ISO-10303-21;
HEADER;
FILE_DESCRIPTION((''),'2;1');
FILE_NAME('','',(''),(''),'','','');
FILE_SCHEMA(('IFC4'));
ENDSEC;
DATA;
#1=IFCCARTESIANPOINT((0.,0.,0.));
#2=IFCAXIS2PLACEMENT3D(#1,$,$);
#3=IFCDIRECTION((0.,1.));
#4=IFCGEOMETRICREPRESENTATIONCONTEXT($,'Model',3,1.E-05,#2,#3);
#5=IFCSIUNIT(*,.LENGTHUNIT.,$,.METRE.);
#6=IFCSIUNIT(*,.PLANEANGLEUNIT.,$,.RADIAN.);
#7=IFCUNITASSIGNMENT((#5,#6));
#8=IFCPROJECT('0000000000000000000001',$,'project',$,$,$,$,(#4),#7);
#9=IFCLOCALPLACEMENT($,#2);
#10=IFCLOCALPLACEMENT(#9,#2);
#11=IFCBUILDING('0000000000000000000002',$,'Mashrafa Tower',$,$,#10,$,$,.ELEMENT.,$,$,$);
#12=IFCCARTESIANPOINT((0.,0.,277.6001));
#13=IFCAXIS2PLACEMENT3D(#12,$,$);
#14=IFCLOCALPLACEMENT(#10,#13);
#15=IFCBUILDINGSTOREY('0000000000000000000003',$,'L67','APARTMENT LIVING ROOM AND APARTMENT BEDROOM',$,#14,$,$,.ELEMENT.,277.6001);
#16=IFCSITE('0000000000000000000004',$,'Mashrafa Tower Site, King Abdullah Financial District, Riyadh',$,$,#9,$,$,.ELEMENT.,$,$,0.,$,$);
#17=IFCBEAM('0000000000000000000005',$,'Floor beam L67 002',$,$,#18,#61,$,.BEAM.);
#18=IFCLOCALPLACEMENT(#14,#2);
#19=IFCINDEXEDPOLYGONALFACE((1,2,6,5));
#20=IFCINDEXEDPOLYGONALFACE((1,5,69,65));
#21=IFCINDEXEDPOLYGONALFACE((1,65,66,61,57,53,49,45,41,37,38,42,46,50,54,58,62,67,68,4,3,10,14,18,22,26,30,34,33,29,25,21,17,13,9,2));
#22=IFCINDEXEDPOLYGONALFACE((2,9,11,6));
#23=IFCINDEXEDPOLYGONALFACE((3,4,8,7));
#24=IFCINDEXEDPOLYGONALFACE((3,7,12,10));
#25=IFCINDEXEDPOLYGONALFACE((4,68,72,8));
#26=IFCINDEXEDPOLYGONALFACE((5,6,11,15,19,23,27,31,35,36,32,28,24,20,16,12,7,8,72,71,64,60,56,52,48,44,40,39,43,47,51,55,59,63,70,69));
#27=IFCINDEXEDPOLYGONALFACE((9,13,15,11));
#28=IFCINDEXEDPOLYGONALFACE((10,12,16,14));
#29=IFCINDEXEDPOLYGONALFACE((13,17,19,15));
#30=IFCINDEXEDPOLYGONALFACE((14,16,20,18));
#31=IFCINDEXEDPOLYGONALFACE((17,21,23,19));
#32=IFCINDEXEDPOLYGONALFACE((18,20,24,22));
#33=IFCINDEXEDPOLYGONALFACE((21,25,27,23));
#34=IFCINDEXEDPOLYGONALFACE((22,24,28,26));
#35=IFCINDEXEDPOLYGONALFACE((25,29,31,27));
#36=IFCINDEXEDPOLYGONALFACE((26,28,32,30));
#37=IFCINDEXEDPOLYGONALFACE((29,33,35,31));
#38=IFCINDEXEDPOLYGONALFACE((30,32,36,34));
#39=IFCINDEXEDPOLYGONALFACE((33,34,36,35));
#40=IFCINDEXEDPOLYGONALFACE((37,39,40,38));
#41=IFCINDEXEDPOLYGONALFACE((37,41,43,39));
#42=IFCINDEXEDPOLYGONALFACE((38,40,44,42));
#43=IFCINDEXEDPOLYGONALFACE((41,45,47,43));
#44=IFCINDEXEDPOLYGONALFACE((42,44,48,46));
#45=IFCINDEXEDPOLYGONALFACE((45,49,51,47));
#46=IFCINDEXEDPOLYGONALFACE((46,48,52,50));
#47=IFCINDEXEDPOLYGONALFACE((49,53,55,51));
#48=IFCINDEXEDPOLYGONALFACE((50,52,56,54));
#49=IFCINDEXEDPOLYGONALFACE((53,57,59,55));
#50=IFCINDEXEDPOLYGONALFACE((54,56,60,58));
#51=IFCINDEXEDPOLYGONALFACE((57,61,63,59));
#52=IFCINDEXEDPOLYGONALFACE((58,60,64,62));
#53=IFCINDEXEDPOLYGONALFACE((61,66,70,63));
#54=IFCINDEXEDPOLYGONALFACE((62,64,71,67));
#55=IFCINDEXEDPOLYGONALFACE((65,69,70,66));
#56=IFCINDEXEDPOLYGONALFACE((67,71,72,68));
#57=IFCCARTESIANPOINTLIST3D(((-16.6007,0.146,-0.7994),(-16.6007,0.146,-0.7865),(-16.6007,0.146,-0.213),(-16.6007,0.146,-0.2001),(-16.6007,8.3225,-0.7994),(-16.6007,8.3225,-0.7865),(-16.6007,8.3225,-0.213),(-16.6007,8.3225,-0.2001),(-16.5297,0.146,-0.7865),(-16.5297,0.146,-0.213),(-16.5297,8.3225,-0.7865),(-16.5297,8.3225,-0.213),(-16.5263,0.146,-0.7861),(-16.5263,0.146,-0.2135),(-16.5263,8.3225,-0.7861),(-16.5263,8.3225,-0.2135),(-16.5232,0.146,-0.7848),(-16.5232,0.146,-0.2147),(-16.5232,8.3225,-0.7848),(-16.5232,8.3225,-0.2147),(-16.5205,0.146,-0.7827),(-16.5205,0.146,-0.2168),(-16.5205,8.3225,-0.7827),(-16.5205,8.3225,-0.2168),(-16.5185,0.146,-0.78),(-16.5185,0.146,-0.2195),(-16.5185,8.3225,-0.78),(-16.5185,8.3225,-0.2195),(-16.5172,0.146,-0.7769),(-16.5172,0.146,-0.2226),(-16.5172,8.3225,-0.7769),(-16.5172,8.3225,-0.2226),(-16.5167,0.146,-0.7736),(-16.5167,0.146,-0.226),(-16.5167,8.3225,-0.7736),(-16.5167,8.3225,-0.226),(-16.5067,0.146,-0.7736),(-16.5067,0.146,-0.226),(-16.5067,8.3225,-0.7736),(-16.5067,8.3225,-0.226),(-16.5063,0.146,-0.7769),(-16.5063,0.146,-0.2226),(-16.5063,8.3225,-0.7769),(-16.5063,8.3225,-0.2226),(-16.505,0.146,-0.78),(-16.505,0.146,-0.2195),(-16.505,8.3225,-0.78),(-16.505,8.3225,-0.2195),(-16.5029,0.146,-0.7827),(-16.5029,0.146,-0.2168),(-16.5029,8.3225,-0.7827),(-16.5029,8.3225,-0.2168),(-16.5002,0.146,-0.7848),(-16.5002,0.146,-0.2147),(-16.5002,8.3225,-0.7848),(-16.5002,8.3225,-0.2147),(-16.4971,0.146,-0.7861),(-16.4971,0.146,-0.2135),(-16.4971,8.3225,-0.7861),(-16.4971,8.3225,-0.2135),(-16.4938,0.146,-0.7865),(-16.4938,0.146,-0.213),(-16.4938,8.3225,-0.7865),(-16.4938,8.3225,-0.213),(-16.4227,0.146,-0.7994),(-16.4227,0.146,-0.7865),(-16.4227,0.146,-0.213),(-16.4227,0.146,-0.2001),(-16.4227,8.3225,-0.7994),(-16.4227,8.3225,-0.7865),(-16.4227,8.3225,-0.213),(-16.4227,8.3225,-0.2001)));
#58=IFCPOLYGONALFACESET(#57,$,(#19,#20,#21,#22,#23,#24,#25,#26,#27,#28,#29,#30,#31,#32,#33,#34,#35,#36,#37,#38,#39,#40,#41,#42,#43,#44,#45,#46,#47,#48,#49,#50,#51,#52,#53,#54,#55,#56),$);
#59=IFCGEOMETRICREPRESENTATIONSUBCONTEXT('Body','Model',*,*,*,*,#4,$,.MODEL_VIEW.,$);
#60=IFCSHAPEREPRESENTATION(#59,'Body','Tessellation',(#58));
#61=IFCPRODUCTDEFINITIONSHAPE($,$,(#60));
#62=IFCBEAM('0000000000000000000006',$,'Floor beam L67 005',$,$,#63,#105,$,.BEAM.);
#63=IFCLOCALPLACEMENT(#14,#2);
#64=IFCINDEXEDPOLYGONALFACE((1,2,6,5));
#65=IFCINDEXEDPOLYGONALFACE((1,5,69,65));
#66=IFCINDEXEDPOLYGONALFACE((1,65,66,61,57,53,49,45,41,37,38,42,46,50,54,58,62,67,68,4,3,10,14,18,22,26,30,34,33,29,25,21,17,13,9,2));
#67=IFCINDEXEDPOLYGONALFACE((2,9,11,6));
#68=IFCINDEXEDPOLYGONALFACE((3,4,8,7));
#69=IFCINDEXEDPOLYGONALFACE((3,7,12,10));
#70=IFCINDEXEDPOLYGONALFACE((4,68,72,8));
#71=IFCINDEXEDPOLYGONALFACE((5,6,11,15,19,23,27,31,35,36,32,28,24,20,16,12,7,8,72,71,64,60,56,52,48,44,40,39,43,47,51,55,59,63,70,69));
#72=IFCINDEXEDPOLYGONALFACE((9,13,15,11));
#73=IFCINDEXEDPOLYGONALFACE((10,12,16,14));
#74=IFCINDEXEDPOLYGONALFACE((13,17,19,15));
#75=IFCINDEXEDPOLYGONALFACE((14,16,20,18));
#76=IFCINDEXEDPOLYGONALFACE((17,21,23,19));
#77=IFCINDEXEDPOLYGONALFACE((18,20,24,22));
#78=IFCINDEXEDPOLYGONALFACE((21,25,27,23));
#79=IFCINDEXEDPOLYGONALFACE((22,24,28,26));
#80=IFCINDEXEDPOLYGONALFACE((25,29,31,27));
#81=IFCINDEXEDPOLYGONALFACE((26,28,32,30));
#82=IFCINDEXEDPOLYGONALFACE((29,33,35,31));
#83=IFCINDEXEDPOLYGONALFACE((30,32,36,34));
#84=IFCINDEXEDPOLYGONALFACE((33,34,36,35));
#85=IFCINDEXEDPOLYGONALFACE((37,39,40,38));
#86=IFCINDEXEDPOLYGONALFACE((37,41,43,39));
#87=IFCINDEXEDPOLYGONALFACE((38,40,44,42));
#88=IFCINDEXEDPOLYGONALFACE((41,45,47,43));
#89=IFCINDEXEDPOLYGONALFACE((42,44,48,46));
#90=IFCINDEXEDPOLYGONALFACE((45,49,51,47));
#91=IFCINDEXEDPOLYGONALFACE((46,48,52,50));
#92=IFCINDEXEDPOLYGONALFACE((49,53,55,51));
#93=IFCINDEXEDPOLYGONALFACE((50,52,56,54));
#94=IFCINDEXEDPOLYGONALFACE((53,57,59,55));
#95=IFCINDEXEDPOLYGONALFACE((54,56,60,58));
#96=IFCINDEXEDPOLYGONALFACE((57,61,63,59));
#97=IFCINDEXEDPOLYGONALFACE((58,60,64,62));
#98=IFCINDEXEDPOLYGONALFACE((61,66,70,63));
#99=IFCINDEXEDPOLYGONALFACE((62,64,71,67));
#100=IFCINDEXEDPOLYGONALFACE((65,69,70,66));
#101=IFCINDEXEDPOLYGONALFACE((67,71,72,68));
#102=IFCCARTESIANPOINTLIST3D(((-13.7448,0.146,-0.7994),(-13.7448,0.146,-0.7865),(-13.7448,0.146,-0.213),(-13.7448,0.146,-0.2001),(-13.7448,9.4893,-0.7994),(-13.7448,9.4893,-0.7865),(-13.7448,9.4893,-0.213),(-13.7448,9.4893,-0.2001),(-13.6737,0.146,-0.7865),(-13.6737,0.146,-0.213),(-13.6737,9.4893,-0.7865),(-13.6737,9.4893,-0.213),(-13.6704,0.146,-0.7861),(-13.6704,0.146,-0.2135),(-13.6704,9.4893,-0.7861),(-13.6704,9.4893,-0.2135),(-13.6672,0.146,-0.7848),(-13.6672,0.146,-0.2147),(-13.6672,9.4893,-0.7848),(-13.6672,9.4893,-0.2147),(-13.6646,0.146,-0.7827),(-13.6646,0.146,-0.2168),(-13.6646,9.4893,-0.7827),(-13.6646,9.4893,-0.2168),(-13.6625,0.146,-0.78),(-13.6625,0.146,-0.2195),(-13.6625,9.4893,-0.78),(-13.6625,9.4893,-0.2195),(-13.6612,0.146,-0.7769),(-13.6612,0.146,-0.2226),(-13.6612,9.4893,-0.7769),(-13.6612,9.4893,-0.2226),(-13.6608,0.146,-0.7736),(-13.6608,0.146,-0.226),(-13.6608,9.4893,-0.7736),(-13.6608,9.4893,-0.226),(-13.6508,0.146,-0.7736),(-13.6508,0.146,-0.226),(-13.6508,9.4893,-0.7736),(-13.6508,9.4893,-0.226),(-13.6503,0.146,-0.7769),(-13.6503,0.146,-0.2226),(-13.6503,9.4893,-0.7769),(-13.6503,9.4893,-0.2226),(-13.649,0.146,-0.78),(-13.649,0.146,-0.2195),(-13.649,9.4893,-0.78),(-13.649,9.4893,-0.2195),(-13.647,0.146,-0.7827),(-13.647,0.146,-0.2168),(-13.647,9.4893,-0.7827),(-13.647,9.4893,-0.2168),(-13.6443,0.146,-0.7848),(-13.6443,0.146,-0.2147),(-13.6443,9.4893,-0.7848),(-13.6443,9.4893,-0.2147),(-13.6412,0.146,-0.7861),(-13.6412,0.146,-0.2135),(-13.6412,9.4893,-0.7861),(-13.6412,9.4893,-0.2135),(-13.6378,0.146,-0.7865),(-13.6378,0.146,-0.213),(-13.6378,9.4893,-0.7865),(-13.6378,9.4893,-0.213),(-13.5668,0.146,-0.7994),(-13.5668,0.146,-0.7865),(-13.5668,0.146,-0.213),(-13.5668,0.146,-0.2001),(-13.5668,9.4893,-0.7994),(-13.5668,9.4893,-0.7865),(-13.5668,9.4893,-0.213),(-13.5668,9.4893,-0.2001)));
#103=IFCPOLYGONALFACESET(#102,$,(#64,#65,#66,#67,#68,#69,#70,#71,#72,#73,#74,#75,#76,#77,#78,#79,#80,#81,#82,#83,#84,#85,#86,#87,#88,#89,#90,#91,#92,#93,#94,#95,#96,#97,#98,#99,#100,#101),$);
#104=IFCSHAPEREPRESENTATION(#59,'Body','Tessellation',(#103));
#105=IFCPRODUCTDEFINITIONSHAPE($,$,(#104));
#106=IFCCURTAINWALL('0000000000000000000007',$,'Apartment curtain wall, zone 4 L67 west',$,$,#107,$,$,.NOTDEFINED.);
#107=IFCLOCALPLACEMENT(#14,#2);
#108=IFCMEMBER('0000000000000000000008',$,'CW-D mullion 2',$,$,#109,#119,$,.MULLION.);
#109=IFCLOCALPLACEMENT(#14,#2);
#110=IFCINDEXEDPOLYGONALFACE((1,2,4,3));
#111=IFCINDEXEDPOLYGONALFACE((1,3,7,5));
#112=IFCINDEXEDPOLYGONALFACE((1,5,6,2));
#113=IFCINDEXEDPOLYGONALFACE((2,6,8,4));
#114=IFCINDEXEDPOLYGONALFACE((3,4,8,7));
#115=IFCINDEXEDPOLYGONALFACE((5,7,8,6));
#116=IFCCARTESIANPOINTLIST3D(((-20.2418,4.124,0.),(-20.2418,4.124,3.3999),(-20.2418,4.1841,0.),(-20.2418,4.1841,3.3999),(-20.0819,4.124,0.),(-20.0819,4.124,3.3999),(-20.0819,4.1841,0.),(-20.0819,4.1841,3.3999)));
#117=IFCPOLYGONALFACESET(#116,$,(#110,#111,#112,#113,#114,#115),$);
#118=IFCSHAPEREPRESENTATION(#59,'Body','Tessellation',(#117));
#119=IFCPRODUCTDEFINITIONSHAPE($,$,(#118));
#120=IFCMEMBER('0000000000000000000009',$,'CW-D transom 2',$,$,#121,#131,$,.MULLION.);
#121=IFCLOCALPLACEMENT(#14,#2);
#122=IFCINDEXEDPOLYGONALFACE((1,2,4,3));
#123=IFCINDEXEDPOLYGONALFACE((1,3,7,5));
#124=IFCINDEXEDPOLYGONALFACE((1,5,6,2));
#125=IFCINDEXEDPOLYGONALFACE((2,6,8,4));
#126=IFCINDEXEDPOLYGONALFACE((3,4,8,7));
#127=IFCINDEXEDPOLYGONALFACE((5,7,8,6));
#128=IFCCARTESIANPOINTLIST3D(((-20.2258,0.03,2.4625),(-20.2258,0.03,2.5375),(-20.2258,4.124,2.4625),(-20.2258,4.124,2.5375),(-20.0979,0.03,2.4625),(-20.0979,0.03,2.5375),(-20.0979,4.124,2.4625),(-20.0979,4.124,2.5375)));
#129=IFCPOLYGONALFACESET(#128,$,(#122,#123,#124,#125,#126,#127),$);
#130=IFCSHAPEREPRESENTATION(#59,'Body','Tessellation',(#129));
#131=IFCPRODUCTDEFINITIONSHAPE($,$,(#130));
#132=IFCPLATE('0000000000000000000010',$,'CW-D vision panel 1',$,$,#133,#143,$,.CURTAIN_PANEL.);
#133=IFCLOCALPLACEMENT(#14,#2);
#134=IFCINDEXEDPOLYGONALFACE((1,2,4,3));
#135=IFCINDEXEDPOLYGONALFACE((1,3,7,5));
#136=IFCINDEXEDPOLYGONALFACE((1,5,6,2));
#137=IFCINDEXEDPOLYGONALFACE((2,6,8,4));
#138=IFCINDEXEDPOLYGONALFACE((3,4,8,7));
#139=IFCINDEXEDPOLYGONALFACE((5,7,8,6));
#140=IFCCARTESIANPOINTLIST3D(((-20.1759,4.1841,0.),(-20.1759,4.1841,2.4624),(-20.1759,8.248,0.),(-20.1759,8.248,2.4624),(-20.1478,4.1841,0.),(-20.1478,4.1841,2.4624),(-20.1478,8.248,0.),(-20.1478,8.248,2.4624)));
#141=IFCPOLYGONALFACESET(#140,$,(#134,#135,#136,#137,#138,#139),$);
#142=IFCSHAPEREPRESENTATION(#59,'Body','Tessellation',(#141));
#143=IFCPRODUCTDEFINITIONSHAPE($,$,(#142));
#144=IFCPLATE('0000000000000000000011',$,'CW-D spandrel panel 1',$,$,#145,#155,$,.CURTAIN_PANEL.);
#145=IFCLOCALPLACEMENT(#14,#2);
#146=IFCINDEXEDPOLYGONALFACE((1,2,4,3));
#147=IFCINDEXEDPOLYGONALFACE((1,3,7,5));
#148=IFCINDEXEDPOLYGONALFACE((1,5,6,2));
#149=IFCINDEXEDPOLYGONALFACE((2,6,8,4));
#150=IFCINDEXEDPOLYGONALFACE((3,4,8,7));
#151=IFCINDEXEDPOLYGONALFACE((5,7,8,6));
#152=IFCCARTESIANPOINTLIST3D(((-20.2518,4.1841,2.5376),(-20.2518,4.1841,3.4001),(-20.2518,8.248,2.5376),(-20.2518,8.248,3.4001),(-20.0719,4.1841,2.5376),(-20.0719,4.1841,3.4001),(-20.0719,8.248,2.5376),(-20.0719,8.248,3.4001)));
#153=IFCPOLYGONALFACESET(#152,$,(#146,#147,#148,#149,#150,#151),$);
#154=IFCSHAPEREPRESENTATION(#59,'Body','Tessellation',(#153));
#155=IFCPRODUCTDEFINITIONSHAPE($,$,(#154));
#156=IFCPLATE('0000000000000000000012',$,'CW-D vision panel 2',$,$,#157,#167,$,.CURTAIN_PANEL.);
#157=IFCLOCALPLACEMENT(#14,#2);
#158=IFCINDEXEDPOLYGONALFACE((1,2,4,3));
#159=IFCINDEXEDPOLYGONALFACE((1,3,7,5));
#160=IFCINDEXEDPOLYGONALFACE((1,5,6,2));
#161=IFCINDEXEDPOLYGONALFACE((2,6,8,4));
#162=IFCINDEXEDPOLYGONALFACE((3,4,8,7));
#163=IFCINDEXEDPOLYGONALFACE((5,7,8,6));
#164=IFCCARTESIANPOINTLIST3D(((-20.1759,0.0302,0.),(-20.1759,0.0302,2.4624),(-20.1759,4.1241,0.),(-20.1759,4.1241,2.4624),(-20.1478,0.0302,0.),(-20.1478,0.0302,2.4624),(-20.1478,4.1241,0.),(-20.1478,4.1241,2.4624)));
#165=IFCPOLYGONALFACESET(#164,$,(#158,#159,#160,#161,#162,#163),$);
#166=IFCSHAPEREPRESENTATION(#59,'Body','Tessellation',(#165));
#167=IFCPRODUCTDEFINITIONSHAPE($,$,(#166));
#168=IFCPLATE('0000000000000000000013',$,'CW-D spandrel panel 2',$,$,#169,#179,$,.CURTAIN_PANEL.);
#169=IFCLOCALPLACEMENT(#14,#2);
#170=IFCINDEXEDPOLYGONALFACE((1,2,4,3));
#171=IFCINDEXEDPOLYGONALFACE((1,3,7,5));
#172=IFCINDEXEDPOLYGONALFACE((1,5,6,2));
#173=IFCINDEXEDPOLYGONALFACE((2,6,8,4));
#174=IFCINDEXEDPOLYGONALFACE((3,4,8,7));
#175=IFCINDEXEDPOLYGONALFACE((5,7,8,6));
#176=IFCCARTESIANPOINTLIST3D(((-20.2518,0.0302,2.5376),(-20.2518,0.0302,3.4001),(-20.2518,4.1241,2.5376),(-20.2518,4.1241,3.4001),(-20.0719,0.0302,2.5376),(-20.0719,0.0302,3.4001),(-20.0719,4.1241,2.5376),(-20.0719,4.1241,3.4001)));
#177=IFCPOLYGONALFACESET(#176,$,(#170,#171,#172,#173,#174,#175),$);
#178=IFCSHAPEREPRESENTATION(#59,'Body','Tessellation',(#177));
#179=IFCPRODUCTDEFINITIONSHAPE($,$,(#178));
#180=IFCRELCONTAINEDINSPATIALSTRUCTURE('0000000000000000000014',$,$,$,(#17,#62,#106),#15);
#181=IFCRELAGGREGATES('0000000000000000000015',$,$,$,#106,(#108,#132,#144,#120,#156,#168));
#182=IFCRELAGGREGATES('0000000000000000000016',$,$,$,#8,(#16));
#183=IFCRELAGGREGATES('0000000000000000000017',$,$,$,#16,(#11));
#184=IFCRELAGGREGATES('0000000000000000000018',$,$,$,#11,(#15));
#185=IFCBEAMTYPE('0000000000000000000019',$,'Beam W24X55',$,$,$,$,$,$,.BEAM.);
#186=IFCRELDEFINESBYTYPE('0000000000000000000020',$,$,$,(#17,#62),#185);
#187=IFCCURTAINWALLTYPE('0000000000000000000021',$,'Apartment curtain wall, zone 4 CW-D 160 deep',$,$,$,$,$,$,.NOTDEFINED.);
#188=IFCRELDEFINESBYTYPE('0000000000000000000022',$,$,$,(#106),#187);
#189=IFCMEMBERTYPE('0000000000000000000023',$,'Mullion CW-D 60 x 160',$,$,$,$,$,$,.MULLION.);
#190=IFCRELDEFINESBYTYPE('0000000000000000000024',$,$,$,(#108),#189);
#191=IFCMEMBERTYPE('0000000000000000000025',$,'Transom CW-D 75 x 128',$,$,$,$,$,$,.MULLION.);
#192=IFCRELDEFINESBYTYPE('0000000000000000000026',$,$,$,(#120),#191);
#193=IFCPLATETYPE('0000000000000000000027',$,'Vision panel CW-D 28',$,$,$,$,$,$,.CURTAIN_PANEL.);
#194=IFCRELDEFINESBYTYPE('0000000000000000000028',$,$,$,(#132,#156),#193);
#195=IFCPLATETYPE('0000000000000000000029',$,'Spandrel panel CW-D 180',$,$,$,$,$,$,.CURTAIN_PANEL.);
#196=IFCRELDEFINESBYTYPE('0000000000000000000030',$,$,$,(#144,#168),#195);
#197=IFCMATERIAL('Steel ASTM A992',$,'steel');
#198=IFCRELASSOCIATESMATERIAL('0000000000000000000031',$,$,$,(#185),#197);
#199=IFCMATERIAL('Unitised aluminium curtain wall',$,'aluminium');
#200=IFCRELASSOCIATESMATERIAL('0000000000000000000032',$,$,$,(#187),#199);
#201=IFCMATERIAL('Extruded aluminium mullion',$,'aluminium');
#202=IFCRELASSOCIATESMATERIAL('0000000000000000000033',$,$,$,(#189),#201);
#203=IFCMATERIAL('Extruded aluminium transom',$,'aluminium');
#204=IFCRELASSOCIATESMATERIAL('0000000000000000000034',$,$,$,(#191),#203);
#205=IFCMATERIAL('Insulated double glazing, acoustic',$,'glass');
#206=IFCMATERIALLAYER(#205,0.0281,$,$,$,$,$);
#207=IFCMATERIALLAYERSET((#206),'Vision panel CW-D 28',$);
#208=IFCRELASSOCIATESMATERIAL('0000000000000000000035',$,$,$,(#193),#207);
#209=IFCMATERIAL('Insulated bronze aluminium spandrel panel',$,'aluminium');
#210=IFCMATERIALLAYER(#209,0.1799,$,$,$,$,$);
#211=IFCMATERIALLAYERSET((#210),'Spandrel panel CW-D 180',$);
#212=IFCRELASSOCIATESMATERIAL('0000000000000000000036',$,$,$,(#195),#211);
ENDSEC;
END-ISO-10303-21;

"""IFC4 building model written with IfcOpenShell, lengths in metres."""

from ifc_helpers import new_model, si_unit, direction, frame, origin, origin_2d, place, context, subcontext, project, spatial, rectangle, i_section, extrude, source, transform, mapped, material, layer, layer_set, material_profile, profile_set, type_object, type_shapes, element, aggregate, save


model = new_model("IFC4")

# Units and contexts
model_context = context("Model", 3, precision=1e-05, world=origin(), true_north=direction((0.0, 1.0)))
body_context = subcontext(model_context, "Body", "Model", "MODEL_VIEW")
ifc_project = project(units=[si_unit("LENGTHUNIT", "METRE"), si_unit("PLANEANGLEUNIT", "RADIAN")], contexts=[model_context])

# Site, building, storey
site_placement = place(None, origin())
site = spatial("IfcSite", under=ifc_project, at=site_placement, Name="Mashrafa Tower Site, King Abdullah Financial District, Riyadh", CompositionType="ELEMENT", RefElevation=0.0)
building_placement = place(site_placement, origin())
building = spatial("IfcBuilding", under=site, at=building_placement, Name="Mashrafa Tower", CompositionType="ELEMENT")
storey_placement = place(building_placement, frame((0.0, 0.0, 277.6001)))
storey = spatial("IfcBuildingStorey", under=building, at=storey_placement, Name="L67", Description="APARTMENT LIVING ROOM AND APARTMENT BEDROOM", CompositionType="ELEMENT", Elevation=277.6001)

# Beams
ifc_material_1 = material(Name="Steel ASTM A992", Category="steel")
ifc_material_profile_1 = material_profile(ifc_material_1, i_section(OverallWidth=0.178, OverallDepth=0.5994, WebThickness=0.01, FlangeThickness=0.0129, FilletRadius=0.0129, at=origin_2d()), Name="W24X55")
ifc_profile_set_1 = profile_set([ifc_material_profile_1], Name="Steel ASTM A992")
beam_type = type_object("IfcBeamType", Name="Beam W24X55", PredefinedType="BEAM", material=ifc_profile_set_1)
beam_1_placement = place(storey_placement, frame((-16.5117, 0.146, -0.4998), z_axis=(0.0, 1.0, 0.0), x_axis=(-1.0, 0.0, 0.0)))
element("IfcBeam", 1, at=beam_1_placement, inside=storey, type_object=beam_type, Name="Floor beam L67 002", PredefinedType="BEAM", context=body_context, shape_type="SweptSolid", body=[
    extrude(i_section(OverallWidth=0.178, OverallDepth=0.5994, WebThickness=0.01, FlangeThickness=0.0129, FilletRadius=0.0129, at=origin_2d()), origin(), (0.0, 0.0, 1.0), 8.1765),
])
beam_2_placement = place(storey_placement, frame((-13.6558, 0.146, -0.4998), z_axis=(0.0, 1.0, 0.0), x_axis=(-1.0, 0.0, 0.0)))
element("IfcBeam", 2, at=beam_2_placement, inside=storey, type_object=beam_type, Name="Floor beam L67 005", PredefinedType="BEAM", context=body_context, shape_type="SweptSolid", body=[
    extrude(i_section(OverallWidth=0.178, OverallDepth=0.5994, WebThickness=0.01, FlangeThickness=0.0129, FilletRadius=0.0129, at=origin_2d()), origin(), (0.0, 0.0, 1.0), 9.3433),
])

# Curtain wall, members, plates
ifc_material_2 = material(Name="Unitised aluminium curtain wall", Category="aluminium")
curtain_wall_type = type_object("IfcCurtainWallType", Name="Apartment curtain wall, zone 4 CW-D 160 deep", PredefinedType="NOTDEFINED", material=ifc_material_2)
curtain_wall_placement = place(storey_placement, origin())
curtain_wall = element("IfcCurtainWall", 3, at=curtain_wall_placement, inside=storey, type_object=curtain_wall_type, Name="Apartment curtain wall, zone 4 L67 west", PredefinedType="NOTDEFINED")
ifc_material_3 = material(Name="Extruded aluminium mullion", Category="aluminium")
ifc_material_profile_2 = material_profile(ifc_material_3, rectangle(XDim=0.1599, YDim=0.0601, at=origin_2d()), Name="Mullion 60x160")
ifc_profile_set_2 = profile_set([ifc_material_profile_2], Name="Extruded aluminium mullion")
member_type_1 = type_object("IfcMemberType", Name="Mullion CW-D 60 x 160", PredefinedType="MULLION", material=ifc_profile_set_2)
shared_shape_1 = source(origin(), body_context, "Body", "SweptSolid", [
    extrude(rectangle(XDim=0.1599, YDim=0.0601, at=origin_2d()), origin(), (0.0, 0.0, 1.0), 3.3999),
])
type_shapes(member_type_1, [shared_shape_1])
member_1_placement = place(storey_placement, frame((-20.1619, 4.1541, 0.0), z_axis=(0.0, 0.0, 1.0), x_axis=(1.0, 0.0, 0.0)))
member_1 = element("IfcMember", 4, at=member_1_placement, type_object=member_type_1, Name="CW-D mullion 2", PredefinedType="MULLION", context=body_context, shape_type="MappedRepresentation", body=[
    mapped(shared_shape_1, transform((0.0, 0.0, 0.0))),
])
ifc_material_4 = material(Name="Extruded aluminium transom", Category="aluminium")
ifc_material_profile_3 = material_profile(ifc_material_4, rectangle(XDim=0.1279, YDim=0.075, at=origin_2d()), Name="Transom 75x128")
ifc_profile_set_3 = profile_set([ifc_material_profile_3], Name="Extruded aluminium transom")
member_type_2 = type_object("IfcMemberType", Name="Transom CW-D 75 x 128", PredefinedType="MULLION", material=ifc_profile_set_3)
shared_shape_2 = source(origin(), body_context, "Body", "SweptSolid", [
    extrude(rectangle(XDim=0.1279, YDim=0.075, at=origin_2d()), origin(), (0.0, 0.0, 1.0), 4.094),
])
type_shapes(member_type_2, [shared_shape_2])
member_2_placement = place(storey_placement, frame((-20.1619, 4.124, 2.5), z_axis=(0.0, -1.0, 0.0), x_axis=(1.0, 0.0, 0.0)))
member_2 = element("IfcMember", 5, at=member_2_placement, type_object=member_type_2, Name="CW-D transom 2", PredefinedType="MULLION", context=body_context, shape_type="MappedRepresentation", body=[
    mapped(shared_shape_2, transform((0.0, 0.0, 0.0))),
])
ifc_material_5 = material(Name="Insulated double glazing, acoustic", Category="glass")
ifc_layer_1 = layer(ifc_material_5, 0.0281)
ifc_layer_set_1 = layer_set([ifc_layer_1], Name="Vision panel CW-D 28")
plate_type_1 = type_object("IfcPlateType", Name="Vision panel CW-D 28", PredefinedType="CURTAIN_PANEL", material=ifc_layer_set_1)
shared_shape_3 = source(origin(), body_context, "Body", "SweptSolid", [
    extrude(rectangle(XDim=4.064, YDim=0.0281, at=origin_2d()), origin(), (0.0, 0.0, 1.0), 2.4624),
])
plate_1_placement = place(storey_placement, frame((-20.1619, 6.2161, 0.0), z_axis=(0.0, 0.0, 1.0), x_axis=(0.0, -1.0, 0.0)))
plate_1 = element("IfcPlate", 6, at=plate_1_placement, type_object=plate_type_1, Name="CW-D vision panel 1", PredefinedType="CURTAIN_PANEL", context=body_context, shape_type="MappedRepresentation", body=[
    mapped(shared_shape_3, transform((0.0, 0.0, 0.0))),
])
ifc_material_6 = material(Name="Insulated bronze aluminium spandrel panel", Category="aluminium")
ifc_layer_2 = layer(ifc_material_6, 0.1799)
ifc_layer_set_2 = layer_set([ifc_layer_2], Name="Spandrel panel CW-D 180")
plate_type_2 = type_object("IfcPlateType", Name="Spandrel panel CW-D 180", PredefinedType="CURTAIN_PANEL", material=ifc_layer_set_2)
shared_shape_4 = source(origin(), body_context, "Body", "SweptSolid", [
    extrude(rectangle(XDim=4.064, YDim=0.1799, at=origin_2d()), origin(), (0.0, 0.0, 1.0), 0.8625),
])
plate_2_placement = place(storey_placement, frame((-20.1619, 6.2161, 2.5376), z_axis=(0.0, 0.0, 1.0), x_axis=(0.0, -1.0, 0.0)))
plate_2 = element("IfcPlate", 7, at=plate_2_placement, type_object=plate_type_2, Name="CW-D spandrel panel 1", PredefinedType="CURTAIN_PANEL", context=body_context, shape_type="MappedRepresentation", body=[
    mapped(shared_shape_4, transform((0.0, 0.0, 0.0))),
])
shared_shape_5 = source(origin(), body_context, "Body", "SweptSolid", [
    extrude(rectangle(XDim=4.094, YDim=0.0281, at=origin_2d()), origin(), (0.0, 0.0, 1.0), 2.4624),
])
type_shapes(plate_type_1, [shared_shape_3, shared_shape_5])
plate_3_placement = place(storey_placement, frame((-20.1619, 2.0771, 0.0), z_axis=(0.0, 0.0, 1.0), x_axis=(0.0, -1.0, 0.0)))
plate_3 = element("IfcPlate", 8, at=plate_3_placement, type_object=plate_type_1, Name="CW-D vision panel 2", PredefinedType="CURTAIN_PANEL", context=body_context, shape_type="MappedRepresentation", body=[
    mapped(shared_shape_5, transform((0.0, 0.0, 0.0))),
])
shared_shape_6 = source(origin(), body_context, "Body", "SweptSolid", [
    extrude(rectangle(XDim=4.094, YDim=0.1799, at=origin_2d()), origin(), (0.0, 0.0, 1.0), 0.8625),
])
type_shapes(plate_type_2, [shared_shape_4, shared_shape_6])
plate_4_placement = place(storey_placement, frame((-20.1619, 2.0771, 2.5376), z_axis=(0.0, 0.0, 1.0), x_axis=(0.0, -1.0, 0.0)))
plate_4 = element("IfcPlate", 9, at=plate_4_placement, type_object=plate_type_2, Name="CW-D spandrel panel 2", PredefinedType="CURTAIN_PANEL", context=body_context, shape_type="MappedRepresentation", body=[
    mapped(shared_shape_6, transform((0.0, 0.0, 0.0))),
])
aggregate(curtain_wall, [member_1, plate_1, plate_2, member_2, plate_3, plate_4])

save(model, "model.ifc")
